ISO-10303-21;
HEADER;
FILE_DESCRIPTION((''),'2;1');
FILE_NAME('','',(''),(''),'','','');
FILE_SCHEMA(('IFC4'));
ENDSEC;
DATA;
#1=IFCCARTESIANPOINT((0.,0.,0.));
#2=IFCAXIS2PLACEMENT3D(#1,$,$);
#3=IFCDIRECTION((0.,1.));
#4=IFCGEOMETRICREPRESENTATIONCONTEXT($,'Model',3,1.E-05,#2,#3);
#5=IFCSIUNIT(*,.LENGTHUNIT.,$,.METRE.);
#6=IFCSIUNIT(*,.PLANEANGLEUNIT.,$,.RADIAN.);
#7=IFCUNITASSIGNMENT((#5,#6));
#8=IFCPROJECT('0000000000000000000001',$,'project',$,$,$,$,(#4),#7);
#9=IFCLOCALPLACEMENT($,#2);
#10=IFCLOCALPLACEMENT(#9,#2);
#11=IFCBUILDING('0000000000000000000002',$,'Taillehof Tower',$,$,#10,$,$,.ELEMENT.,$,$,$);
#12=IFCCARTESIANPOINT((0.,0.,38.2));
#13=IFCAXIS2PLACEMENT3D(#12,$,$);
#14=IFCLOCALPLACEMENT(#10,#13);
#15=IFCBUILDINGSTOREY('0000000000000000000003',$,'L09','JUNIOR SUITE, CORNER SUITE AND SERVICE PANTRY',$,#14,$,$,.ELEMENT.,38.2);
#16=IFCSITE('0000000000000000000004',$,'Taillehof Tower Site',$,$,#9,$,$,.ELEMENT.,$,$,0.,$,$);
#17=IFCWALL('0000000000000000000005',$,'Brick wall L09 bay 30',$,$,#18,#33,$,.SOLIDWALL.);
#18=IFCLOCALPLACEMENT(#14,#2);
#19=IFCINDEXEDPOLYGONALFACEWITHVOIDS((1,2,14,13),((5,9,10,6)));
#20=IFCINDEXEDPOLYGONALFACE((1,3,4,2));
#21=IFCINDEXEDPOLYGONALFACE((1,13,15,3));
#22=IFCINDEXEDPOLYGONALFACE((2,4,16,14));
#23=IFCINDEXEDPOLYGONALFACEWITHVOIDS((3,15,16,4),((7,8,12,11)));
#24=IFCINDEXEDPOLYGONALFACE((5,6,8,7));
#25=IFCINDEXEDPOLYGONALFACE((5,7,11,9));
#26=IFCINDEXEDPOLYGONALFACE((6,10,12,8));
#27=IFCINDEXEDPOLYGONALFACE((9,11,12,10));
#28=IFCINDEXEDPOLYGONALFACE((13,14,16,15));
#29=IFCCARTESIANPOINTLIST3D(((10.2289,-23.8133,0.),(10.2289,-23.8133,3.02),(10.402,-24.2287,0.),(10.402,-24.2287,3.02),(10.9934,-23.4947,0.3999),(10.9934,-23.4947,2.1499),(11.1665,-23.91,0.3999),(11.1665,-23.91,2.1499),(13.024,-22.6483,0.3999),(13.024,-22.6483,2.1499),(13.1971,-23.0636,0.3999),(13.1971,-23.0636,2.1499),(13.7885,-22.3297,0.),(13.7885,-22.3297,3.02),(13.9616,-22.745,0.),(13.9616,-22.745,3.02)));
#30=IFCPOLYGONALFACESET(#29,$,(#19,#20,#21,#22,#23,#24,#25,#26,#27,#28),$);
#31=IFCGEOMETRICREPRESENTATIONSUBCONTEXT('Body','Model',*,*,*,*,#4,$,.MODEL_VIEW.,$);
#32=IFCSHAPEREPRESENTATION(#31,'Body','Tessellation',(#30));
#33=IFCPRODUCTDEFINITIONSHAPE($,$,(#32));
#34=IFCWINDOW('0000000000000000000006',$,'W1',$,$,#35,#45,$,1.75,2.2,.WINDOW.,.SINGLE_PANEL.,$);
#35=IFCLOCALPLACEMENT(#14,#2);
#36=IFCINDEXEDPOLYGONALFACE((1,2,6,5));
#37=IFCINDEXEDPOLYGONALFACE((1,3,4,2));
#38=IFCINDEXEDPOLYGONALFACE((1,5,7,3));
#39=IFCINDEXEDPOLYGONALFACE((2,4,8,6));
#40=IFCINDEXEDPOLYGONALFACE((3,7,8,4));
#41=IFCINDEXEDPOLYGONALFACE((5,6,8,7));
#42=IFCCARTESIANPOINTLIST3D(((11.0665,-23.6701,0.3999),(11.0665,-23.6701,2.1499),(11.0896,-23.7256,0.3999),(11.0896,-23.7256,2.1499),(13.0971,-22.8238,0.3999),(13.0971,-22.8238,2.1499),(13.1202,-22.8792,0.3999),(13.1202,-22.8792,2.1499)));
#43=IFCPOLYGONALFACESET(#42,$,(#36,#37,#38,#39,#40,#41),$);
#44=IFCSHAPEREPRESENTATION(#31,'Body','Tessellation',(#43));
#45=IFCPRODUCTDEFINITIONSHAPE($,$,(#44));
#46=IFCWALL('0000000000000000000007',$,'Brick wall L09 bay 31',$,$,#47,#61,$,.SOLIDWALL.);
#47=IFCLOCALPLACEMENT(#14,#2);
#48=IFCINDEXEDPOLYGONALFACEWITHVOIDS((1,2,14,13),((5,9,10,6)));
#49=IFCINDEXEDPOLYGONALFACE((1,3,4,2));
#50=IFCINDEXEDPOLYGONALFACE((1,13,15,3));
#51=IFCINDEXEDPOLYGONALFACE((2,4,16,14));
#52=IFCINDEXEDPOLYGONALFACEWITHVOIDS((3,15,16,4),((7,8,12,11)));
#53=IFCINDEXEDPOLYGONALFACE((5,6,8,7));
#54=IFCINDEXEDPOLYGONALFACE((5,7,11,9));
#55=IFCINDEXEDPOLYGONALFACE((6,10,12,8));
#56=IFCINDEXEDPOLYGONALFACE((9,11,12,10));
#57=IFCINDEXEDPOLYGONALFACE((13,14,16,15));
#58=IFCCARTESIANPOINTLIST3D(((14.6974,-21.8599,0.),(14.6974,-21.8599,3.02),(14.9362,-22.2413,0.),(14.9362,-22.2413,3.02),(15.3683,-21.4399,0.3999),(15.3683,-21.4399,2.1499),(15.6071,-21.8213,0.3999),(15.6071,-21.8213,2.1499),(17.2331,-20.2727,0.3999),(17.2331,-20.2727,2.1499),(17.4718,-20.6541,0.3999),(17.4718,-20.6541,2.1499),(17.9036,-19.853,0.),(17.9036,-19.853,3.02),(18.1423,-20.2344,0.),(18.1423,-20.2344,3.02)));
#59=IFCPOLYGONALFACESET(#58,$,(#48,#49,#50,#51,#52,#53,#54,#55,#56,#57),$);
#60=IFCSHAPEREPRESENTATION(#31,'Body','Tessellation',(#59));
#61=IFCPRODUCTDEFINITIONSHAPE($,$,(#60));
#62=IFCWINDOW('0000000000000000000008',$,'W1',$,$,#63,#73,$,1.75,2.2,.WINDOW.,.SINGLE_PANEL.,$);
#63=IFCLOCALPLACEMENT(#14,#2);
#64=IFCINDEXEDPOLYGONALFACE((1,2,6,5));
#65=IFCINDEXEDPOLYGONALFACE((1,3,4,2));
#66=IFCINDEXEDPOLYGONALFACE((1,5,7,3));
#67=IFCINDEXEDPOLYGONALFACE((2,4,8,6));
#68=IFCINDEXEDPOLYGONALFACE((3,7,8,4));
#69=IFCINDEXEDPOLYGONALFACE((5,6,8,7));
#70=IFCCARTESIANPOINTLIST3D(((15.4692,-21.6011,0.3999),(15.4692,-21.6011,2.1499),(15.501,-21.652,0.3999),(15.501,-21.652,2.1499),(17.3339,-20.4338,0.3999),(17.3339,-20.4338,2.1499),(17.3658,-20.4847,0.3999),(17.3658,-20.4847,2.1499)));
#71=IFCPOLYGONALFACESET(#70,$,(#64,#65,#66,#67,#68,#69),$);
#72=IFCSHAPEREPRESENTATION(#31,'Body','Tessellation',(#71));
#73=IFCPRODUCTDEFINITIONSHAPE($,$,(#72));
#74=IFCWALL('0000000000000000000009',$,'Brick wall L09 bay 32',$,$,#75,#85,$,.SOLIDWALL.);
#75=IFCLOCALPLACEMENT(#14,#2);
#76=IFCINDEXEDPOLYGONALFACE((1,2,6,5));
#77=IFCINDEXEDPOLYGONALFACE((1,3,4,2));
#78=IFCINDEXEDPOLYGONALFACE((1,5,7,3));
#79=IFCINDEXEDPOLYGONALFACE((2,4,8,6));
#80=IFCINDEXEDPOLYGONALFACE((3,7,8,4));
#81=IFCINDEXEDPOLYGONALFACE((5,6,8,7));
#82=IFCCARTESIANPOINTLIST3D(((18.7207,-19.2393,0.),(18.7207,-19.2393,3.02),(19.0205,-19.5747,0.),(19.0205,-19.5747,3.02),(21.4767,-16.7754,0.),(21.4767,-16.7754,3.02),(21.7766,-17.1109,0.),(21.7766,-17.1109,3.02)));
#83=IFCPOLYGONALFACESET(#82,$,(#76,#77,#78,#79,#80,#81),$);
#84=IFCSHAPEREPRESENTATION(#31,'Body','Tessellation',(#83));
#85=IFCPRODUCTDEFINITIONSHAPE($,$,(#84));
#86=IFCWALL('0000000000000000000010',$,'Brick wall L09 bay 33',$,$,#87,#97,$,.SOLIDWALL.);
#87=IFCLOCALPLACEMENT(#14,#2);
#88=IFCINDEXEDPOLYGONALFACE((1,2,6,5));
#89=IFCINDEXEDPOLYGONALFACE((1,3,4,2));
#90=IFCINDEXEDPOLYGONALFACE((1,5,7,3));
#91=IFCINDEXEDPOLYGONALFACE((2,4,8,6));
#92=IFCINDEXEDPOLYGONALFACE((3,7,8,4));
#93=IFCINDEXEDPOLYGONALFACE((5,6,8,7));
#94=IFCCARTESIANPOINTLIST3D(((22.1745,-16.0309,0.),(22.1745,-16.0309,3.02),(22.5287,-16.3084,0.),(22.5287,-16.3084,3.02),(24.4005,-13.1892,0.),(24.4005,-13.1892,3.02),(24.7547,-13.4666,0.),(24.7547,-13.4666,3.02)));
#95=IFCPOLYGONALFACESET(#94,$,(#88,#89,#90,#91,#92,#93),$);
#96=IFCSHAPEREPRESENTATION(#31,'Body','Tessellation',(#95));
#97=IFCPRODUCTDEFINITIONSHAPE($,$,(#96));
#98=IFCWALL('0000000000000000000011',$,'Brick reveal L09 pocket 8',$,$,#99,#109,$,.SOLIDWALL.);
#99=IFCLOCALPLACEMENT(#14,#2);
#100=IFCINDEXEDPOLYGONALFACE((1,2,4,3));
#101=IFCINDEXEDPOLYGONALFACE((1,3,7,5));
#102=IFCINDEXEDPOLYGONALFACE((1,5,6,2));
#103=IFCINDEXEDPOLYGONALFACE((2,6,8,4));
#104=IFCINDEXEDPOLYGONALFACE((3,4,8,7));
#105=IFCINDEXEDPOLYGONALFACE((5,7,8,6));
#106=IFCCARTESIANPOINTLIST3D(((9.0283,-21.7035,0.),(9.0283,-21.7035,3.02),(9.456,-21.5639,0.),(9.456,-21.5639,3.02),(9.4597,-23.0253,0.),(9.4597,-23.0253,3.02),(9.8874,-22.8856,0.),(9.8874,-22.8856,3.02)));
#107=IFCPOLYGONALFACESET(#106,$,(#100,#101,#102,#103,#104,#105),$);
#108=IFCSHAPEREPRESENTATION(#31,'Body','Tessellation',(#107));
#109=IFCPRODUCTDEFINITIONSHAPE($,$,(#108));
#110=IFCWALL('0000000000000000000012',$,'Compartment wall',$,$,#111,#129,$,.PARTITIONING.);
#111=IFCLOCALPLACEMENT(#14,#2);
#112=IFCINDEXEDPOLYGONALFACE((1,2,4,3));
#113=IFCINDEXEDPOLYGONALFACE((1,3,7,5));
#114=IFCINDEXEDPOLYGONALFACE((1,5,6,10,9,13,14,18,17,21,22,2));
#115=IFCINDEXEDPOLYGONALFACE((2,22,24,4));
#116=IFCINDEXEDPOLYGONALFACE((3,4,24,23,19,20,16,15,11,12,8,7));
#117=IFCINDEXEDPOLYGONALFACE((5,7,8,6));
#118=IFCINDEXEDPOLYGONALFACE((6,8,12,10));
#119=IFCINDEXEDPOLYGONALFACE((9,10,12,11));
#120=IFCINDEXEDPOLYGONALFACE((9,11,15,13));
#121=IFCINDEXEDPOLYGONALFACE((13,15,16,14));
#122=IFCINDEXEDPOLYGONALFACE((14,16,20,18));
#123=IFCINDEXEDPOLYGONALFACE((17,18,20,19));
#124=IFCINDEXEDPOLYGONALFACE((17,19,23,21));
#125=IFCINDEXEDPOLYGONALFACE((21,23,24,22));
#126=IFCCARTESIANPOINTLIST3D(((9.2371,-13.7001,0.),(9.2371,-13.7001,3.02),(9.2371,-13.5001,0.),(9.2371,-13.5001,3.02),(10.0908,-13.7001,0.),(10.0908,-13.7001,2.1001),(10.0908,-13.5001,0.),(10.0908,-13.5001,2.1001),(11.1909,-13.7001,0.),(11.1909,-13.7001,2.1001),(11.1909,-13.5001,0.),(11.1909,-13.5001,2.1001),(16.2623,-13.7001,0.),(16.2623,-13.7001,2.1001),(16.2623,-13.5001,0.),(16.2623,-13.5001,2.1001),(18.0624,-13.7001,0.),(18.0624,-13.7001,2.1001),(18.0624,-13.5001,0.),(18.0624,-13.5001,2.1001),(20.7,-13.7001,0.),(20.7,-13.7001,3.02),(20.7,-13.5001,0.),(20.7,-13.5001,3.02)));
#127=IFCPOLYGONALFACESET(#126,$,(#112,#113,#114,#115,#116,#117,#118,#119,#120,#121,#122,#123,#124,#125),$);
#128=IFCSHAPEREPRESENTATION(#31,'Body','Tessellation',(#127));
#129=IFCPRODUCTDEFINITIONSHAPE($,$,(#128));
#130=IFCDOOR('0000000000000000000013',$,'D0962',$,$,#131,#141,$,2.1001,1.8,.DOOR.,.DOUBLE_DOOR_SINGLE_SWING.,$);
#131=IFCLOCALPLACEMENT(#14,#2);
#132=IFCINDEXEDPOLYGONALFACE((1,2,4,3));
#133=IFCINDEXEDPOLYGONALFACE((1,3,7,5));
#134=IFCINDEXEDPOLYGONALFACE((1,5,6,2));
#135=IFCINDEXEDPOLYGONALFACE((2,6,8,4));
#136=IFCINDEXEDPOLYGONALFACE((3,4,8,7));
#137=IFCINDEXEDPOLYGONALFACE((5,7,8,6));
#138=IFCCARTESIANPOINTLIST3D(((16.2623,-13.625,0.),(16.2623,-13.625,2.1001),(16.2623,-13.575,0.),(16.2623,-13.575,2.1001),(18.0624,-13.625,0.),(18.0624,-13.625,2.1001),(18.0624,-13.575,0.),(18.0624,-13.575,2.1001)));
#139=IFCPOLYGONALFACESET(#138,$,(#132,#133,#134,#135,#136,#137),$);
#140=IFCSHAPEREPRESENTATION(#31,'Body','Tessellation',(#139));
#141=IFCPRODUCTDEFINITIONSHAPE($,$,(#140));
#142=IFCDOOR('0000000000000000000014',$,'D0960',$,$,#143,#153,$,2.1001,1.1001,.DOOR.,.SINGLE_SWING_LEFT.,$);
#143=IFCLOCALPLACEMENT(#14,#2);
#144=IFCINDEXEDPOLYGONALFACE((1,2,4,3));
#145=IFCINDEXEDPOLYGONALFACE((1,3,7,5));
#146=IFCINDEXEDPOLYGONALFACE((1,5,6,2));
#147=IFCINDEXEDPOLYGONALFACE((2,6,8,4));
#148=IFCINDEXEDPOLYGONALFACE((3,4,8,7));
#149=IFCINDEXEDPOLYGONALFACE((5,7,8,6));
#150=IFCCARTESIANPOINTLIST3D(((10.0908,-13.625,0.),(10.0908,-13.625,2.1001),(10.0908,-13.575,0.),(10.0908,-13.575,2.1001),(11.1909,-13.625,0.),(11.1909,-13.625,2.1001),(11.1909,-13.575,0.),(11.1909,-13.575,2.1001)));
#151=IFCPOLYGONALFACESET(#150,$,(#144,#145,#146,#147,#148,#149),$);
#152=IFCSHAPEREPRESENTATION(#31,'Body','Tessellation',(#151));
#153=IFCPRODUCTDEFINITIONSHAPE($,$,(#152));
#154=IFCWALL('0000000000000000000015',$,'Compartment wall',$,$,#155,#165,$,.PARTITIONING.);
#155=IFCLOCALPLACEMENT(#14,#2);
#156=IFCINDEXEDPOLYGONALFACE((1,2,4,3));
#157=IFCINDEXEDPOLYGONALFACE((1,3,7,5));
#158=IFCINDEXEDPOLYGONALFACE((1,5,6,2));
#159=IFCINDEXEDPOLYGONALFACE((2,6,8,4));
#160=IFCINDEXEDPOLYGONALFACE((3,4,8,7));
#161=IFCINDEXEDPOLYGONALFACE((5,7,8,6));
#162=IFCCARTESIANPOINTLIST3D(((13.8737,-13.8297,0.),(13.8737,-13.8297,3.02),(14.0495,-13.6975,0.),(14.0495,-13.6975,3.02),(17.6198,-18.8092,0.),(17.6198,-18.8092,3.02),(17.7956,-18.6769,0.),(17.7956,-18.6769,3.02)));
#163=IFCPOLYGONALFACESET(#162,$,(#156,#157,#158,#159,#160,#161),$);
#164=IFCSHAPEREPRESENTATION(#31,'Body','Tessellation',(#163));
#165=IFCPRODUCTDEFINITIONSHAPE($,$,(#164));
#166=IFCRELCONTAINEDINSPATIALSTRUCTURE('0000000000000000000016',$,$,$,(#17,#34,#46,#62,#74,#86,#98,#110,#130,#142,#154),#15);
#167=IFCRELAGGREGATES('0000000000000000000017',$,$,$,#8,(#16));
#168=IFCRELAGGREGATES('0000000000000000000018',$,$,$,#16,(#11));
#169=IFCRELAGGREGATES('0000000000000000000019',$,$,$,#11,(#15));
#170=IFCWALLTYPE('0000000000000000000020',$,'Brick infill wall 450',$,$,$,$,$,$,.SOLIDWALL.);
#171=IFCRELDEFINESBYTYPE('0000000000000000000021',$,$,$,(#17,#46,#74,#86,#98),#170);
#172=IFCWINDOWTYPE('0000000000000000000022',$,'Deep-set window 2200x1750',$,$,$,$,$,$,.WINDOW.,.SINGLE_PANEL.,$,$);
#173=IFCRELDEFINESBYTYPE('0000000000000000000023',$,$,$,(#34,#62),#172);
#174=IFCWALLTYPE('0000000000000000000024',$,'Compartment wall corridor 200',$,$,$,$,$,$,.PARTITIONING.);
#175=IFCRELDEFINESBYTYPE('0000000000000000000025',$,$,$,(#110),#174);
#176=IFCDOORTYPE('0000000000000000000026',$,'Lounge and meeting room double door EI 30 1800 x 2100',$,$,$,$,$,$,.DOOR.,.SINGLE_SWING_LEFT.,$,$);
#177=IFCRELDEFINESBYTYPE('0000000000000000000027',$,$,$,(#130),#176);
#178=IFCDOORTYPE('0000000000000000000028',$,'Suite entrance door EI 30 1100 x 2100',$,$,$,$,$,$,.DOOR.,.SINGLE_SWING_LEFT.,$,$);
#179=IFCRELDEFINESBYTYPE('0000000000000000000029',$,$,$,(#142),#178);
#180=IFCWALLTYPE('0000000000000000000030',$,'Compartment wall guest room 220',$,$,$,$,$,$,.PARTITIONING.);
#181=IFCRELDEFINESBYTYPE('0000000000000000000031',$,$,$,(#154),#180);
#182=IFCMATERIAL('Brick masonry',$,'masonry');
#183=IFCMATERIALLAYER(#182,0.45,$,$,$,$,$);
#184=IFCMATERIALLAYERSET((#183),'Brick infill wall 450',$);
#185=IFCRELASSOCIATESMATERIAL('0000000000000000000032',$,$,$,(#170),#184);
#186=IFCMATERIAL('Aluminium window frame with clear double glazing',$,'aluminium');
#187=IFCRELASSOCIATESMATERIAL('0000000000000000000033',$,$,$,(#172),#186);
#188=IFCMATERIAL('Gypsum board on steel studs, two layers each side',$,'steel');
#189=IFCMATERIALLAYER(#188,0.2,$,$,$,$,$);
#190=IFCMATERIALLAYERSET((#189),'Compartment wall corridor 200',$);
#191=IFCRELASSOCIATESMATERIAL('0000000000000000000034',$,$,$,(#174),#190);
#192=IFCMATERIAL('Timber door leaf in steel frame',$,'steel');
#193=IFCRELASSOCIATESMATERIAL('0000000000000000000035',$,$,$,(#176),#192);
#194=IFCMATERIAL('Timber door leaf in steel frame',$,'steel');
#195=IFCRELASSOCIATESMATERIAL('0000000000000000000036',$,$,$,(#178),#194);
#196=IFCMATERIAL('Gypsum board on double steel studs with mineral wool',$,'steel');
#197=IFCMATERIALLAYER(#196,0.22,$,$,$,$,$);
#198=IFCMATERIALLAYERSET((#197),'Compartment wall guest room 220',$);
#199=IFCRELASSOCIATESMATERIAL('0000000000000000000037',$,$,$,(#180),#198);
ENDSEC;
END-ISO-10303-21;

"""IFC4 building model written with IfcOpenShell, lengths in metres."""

from ifc_helpers import new_model, si_unit, direction, frame, frame_2d, origin, place, context, subcontext, project, spatial, rectangle, extrude, material, layer, layer_set, type_object, element, fill, save


model = new_model("IFC4")

# Units and contexts
model_context = context("Model", 3, precision=1e-05, world=origin(), true_north=direction((0.0, 1.0)))
body_context = subcontext(model_context, "Body", "Model", "MODEL_VIEW")
ifc_project = project(units=[si_unit("LENGTHUNIT", "METRE"), si_unit("PLANEANGLEUNIT", "RADIAN")], contexts=[model_context])

# Site, building, storey
site_placement = place(None, origin())
site = spatial("IfcSite", under=ifc_project, at=site_placement, Name="Taillehof Tower Site", CompositionType="ELEMENT", RefElevation=0.0)
building_placement = place(site_placement, origin())
building = spatial("IfcBuilding", under=site, at=building_placement, Name="Taillehof Tower", CompositionType="ELEMENT")
storey_placement = place(building_placement, frame((0.0, 0.0, 38.2)))
storey = spatial("IfcBuildingStorey", under=building, at=storey_placement, Name="L09", Description="JUNIOR SUITE, CORNER SUITE AND SERVICE PANTRY", CompositionType="ELEMENT", Elevation=38.2)

# Walls, openings, windows
ifc_material_1 = material(Name="Brick masonry", Category="masonry")
ifc_layer_1 = layer(ifc_material_1, 0.45)
ifc_layer_set_1 = layer_set([ifc_layer_1], Name="Brick infill wall 450")
wall_type_1 = type_object("IfcWallType", Name="Brick infill wall 450", PredefinedType="SOLIDWALL", material=ifc_layer_set_1)
wall_1_placement = place(storey_placement, frame((10.3154, -24.021, 0.0), z_axis=(0.0, 0.0, 1.0), x_axis=(0.923032, 0.384723, 0.0)))
wall_1 = element("IfcWall", 1, at=wall_1_placement, inside=storey, type_object=wall_type_1, Name="Brick wall L09 bay 30", PredefinedType="SOLIDWALL", context=body_context, shape_type="SweptSolid", body=[
    extrude(rectangle(XDim=3.8564, YDim=0.45, at=frame_2d((1.9282, 0.0))), origin(), (0.0, 0.0, 1.0), 3.02),
])
opening_1_placement = place(wall_1_placement, frame((0.8281, 0.0, 0.3999)))
opening_1 = element("IfcOpeningElement", 2, at=opening_1_placement, cuts=wall_1, PredefinedType="OPENING", context=body_context, shape_type="SweptSolid", body=[
    extrude(rectangle(XDim=2.2, YDim=1.75, at=frame_2d((1.1001, 0.875))), frame((0.0, 0.2349, 0.0), z_axis=(0.0, -1.0, 0.0), x_axis=(1.0, 0.0, 0.0)), (0.0, 0.0, 1.0), 0.47),
])
ifc_material_2 = material(Name="Aluminium window frame with clear double glazing", Category="aluminium")
window_type = type_object("IfcWindowType", Name="Deep-set window 2200x1750", PartitioningType="SINGLE_PANEL", PredefinedType="WINDOW", material=ifc_material_2)
window_1_placement = place(opening_1_placement, origin())
window_1 = element("IfcWindow", 3, at=window_1_placement, inside=storey, type_object=window_type, Name="W1", OverallHeight=1.75, OverallWidth=2.2, PartitioningType="SINGLE_PANEL", PredefinedType="WINDOW", context=body_context, shape_type="SweptSolid", body=[
    extrude(rectangle(XDim=2.2, YDim=1.75, at=frame_2d((1.1001, 0.875))), frame((0.0, 0.0349, 0.0), z_axis=(0.0, -1.0, 0.0), x_axis=(1.0, 0.0, 0.0)), (0.0, 0.0, 1.0), 0.0601),
])
fill(opening_1, window_1)
wall_2_placement = place(storey_placement, frame((14.8169, -22.0505, 0.0), z_axis=(0.0, 0.0, 1.0), x_axis=(0.847635, 0.530579, 0.0)))
wall_2 = element("IfcWall", 4, at=wall_2_placement, inside=storey, type_object=wall_type_1, Name="Brick wall L09 bay 31", PredefinedType="SOLIDWALL", context=body_context, shape_type="SweptSolid", body=[
    extrude(rectangle(XDim=3.7825, YDim=0.45, at=frame_2d((1.8911, 0.0))), origin(), (0.0, 0.0, 1.0), 3.02),
])
opening_2_placement = place(wall_2_placement, frame((0.7913, 0.0, 0.3999)))
opening_2 = element("IfcOpeningElement", 5, at=opening_2_placement, cuts=wall_2, PredefinedType="OPENING", context=body_context, shape_type="SweptSolid", body=[
    extrude(rectangle(XDim=2.2, YDim=1.75, at=frame_2d((1.1001, 0.875))), frame((0.0, 0.2349, 0.0), z_axis=(0.0, -1.0, 0.0), x_axis=(1.0, 0.0, 0.0)), (0.0, 0.0, 1.0), 0.47),
])
window_2_placement = place(opening_2_placement, origin())
window_2 = element("IfcWindow", 6, at=window_2_placement, inside=storey, type_object=window_type, Name="W1", OverallHeight=1.75, OverallWidth=2.2, PartitioningType="SINGLE_PANEL", PredefinedType="WINDOW", context=body_context, shape_type="SweptSolid", body=[
    extrude(rectangle(XDim=2.2, YDim=1.75, at=frame_2d((1.1001, 0.875))), frame((0.0, 0.0349, 0.0), z_axis=(0.0, -1.0, 0.0), x_axis=(1.0, 0.0, 0.0)), (0.0, 0.0, 1.0), 0.0601),
])
fill(opening_2, window_2)

# Walls
wall_3_placement = place(storey_placement, frame((18.8706, -19.407, 0.0), z_axis=(0.0, 0.0, 1.0), x_axis=(0.745526, 0.666476, 0.0)))
element("IfcWall", 7, at=wall_3_placement, inside=storey, type_object=wall_type_1, Name="Brick wall L09 bay 32", PredefinedType="SOLIDWALL", context=body_context, shape_type="SweptSolid", body=[
    extrude(rectangle(XDim=3.6968, YDim=0.45, at=frame_2d((1.8484, 0.0))), origin(), (0.0, 0.0, 1.0), 3.02),
])
wall_4_placement = place(storey_placement, frame((22.3516, -16.1697, 0.0), z_axis=(0.0, 0.0, 1.0), x_axis=(0.616662, 0.787228, 0.0)))
element("IfcWall", 8, at=wall_4_placement, inside=storey, type_object=wall_type_1, Name="Brick wall L09 bay 33", PredefinedType="SOLIDWALL", context=body_context, shape_type="SweptSolid", body=[
    extrude(rectangle(XDim=3.6099, YDim=0.45, at=frame_2d((1.8049, 0.0))), origin(), (0.0, 0.0, 1.0), 3.02),
])
wall_5_placement = place(storey_placement, frame((9.6736, -22.9556, 0.0), z_axis=(0.0, 0.0, 1.0), x_axis=(-0.310269, 0.950649, 0.0)))
element("IfcWall", 9, at=wall_5_placement, inside=storey, type_object=wall_type_1, Name="Brick reveal L09 pocket 8", PredefinedType="SOLIDWALL", context=body_context, shape_type="SweptSolid", body=[
    extrude(rectangle(XDim=1.3904, YDim=0.45, at=frame_2d((0.6953, 0.0))), origin(), (0.0, 0.0, 1.0), 3.02),
])

# Wall, openings, doors
ifc_material_3 = material(Name="Gypsum board on steel studs, two layers each side", Category="steel")
ifc_layer_2 = layer(ifc_material_3, 0.2)
ifc_layer_set_2 = layer_set([ifc_layer_2], Name="Compartment wall corridor 200")
wall_type_2 = type_object("IfcWallType", Name="Compartment wall corridor 200", PredefinedType="PARTITIONING", material=ifc_layer_set_2)
wall_6_placement = place(storey_placement, frame((20.7, -13.6001, 0.0), z_axis=(0.0, 0.0, 1.0), x_axis=(-1.0, 0.0, 0.0)))
wall_6 = element("IfcWall", 10, at=wall_6_placement, inside=storey, type_object=wall_type_2, Name="Compartment wall", PredefinedType="PARTITIONING", context=body_context, shape_type="SweptSolid", body=[
    extrude(rectangle(XDim=11.4629, YDim=0.2, at=frame_2d((5.7314, 0.0))), origin(), (0.0, 0.0, 1.0), 3.02),
])
opening_3_placement = place(wall_6_placement, frame((9.509, 0.0, 0.0)))
opening_3 = element("IfcOpeningElement", 11, at=opening_3_placement, cuts=wall_6, PredefinedType="OPENING", context=body_context, shape_type="SweptSolid", body=[
    extrude(rectangle(XDim=1.1001, YDim=2.1001, at=frame_2d((0.55, 1.05))), frame((0.0, 0.1099, 0.0), z_axis=(0.0, -1.0, 0.0), x_axis=(1.0, 0.0, 0.0)), (0.0, 0.0, 1.0), 0.22),
])
opening_4_placement = place(wall_6_placement, frame((2.6377, 0.0, 0.0)))
opening_4 = element("IfcOpeningElement", 12, at=opening_4_placement, cuts=wall_6, PredefinedType="OPENING", context=body_context, shape_type="SweptSolid", body=[
    extrude(rectangle(XDim=1.8, YDim=2.1001, at=frame_2d((0.8999, 1.05))), frame((0.0, 0.1099, 0.0), z_axis=(0.0, -1.0, 0.0), x_axis=(1.0, 0.0, 0.0)), (0.0, 0.0, 1.0), 0.22),
])
ifc_material_4 = material(Name="Timber door leaf in steel frame", Category="steel")
door_type_1 = type_object("IfcDoorType", Name="Lounge and meeting room double door EI 30 1800 x 2100", OperationType="SINGLE_SWING_LEFT", PredefinedType="DOOR", material=ifc_material_4)
door_1_placement = place(opening_4_placement, origin())
door_1 = element("IfcDoor", 13, at=door_1_placement, inside=storey, type_object=door_type_1, Name="D0962", OperationType="DOUBLE_DOOR_SINGLE_SWING", OverallHeight=2.1001, OverallWidth=1.8, PredefinedType="DOOR", context=body_context, shape_type="SweptSolid", body=[
    extrude(rectangle(XDim=1.8, YDim=2.1001, at=frame_2d((0.8999, 1.05))), frame((0.0, 0.0249, 0.0), z_axis=(0.0, -1.0, 0.0), x_axis=(1.0, 0.0, 0.0)), (0.0, 0.0, 1.0), 0.05),
])
fill(opening_4, door_1)
ifc_material_5 = material(Name="Timber door leaf in steel frame", Category="steel")
door_type_2 = type_object("IfcDoorType", Name="Suite entrance door EI 30 1100 x 2100", OperationType="SINGLE_SWING_LEFT", PredefinedType="DOOR", material=ifc_material_5)
door_2_placement = place(opening_3_placement, origin())
door_2 = element("IfcDoor", 14, at=door_2_placement, inside=storey, type_object=door_type_2, Name="D0960", OperationType="SINGLE_SWING_LEFT", OverallHeight=2.1001, OverallWidth=1.1001, PredefinedType="DOOR", context=body_context, shape_type="SweptSolid", body=[
    extrude(rectangle(XDim=1.1001, YDim=2.1001, at=frame_2d((0.55, 1.05))), frame((0.0, 0.0249, 0.0), z_axis=(0.0, -1.0, 0.0), x_axis=(1.0, 0.0, 0.0)), (0.0, 0.0, 1.0), 0.05),
])
fill(opening_3, door_2)

# Wall
ifc_material_6 = material(Name="Gypsum board on double steel studs with mineral wool", Category="steel")
ifc_layer_3 = layer(ifc_material_6, 0.22)
ifc_layer_set_3 = layer_set([ifc_layer_3], Name="Compartment wall guest room 220")
wall_type_3 = type_object("IfcWallType", Name="Compartment wall guest room 220", PredefinedType="PARTITIONING", material=ifc_layer_set_3)
wall_7_placement = place(storey_placement, frame((17.7078, -18.7432, 0.0), z_axis=(0.0, 0.0, 1.0), x_axis=(-0.601178, 0.799115, 0.0)))
element("IfcWall", 15, at=wall_7_placement, inside=storey, type_object=wall_type_3, Name="Compartment wall", PredefinedType="PARTITIONING", context=body_context, shape_type="SweptSolid", body=[
    extrude(rectangle(XDim=6.2312, YDim=0.22, at=frame_2d((3.1157, 0.0))), origin(), (0.0, 0.0, 1.0), 3.02),
])

save(model, "model.ifc")
